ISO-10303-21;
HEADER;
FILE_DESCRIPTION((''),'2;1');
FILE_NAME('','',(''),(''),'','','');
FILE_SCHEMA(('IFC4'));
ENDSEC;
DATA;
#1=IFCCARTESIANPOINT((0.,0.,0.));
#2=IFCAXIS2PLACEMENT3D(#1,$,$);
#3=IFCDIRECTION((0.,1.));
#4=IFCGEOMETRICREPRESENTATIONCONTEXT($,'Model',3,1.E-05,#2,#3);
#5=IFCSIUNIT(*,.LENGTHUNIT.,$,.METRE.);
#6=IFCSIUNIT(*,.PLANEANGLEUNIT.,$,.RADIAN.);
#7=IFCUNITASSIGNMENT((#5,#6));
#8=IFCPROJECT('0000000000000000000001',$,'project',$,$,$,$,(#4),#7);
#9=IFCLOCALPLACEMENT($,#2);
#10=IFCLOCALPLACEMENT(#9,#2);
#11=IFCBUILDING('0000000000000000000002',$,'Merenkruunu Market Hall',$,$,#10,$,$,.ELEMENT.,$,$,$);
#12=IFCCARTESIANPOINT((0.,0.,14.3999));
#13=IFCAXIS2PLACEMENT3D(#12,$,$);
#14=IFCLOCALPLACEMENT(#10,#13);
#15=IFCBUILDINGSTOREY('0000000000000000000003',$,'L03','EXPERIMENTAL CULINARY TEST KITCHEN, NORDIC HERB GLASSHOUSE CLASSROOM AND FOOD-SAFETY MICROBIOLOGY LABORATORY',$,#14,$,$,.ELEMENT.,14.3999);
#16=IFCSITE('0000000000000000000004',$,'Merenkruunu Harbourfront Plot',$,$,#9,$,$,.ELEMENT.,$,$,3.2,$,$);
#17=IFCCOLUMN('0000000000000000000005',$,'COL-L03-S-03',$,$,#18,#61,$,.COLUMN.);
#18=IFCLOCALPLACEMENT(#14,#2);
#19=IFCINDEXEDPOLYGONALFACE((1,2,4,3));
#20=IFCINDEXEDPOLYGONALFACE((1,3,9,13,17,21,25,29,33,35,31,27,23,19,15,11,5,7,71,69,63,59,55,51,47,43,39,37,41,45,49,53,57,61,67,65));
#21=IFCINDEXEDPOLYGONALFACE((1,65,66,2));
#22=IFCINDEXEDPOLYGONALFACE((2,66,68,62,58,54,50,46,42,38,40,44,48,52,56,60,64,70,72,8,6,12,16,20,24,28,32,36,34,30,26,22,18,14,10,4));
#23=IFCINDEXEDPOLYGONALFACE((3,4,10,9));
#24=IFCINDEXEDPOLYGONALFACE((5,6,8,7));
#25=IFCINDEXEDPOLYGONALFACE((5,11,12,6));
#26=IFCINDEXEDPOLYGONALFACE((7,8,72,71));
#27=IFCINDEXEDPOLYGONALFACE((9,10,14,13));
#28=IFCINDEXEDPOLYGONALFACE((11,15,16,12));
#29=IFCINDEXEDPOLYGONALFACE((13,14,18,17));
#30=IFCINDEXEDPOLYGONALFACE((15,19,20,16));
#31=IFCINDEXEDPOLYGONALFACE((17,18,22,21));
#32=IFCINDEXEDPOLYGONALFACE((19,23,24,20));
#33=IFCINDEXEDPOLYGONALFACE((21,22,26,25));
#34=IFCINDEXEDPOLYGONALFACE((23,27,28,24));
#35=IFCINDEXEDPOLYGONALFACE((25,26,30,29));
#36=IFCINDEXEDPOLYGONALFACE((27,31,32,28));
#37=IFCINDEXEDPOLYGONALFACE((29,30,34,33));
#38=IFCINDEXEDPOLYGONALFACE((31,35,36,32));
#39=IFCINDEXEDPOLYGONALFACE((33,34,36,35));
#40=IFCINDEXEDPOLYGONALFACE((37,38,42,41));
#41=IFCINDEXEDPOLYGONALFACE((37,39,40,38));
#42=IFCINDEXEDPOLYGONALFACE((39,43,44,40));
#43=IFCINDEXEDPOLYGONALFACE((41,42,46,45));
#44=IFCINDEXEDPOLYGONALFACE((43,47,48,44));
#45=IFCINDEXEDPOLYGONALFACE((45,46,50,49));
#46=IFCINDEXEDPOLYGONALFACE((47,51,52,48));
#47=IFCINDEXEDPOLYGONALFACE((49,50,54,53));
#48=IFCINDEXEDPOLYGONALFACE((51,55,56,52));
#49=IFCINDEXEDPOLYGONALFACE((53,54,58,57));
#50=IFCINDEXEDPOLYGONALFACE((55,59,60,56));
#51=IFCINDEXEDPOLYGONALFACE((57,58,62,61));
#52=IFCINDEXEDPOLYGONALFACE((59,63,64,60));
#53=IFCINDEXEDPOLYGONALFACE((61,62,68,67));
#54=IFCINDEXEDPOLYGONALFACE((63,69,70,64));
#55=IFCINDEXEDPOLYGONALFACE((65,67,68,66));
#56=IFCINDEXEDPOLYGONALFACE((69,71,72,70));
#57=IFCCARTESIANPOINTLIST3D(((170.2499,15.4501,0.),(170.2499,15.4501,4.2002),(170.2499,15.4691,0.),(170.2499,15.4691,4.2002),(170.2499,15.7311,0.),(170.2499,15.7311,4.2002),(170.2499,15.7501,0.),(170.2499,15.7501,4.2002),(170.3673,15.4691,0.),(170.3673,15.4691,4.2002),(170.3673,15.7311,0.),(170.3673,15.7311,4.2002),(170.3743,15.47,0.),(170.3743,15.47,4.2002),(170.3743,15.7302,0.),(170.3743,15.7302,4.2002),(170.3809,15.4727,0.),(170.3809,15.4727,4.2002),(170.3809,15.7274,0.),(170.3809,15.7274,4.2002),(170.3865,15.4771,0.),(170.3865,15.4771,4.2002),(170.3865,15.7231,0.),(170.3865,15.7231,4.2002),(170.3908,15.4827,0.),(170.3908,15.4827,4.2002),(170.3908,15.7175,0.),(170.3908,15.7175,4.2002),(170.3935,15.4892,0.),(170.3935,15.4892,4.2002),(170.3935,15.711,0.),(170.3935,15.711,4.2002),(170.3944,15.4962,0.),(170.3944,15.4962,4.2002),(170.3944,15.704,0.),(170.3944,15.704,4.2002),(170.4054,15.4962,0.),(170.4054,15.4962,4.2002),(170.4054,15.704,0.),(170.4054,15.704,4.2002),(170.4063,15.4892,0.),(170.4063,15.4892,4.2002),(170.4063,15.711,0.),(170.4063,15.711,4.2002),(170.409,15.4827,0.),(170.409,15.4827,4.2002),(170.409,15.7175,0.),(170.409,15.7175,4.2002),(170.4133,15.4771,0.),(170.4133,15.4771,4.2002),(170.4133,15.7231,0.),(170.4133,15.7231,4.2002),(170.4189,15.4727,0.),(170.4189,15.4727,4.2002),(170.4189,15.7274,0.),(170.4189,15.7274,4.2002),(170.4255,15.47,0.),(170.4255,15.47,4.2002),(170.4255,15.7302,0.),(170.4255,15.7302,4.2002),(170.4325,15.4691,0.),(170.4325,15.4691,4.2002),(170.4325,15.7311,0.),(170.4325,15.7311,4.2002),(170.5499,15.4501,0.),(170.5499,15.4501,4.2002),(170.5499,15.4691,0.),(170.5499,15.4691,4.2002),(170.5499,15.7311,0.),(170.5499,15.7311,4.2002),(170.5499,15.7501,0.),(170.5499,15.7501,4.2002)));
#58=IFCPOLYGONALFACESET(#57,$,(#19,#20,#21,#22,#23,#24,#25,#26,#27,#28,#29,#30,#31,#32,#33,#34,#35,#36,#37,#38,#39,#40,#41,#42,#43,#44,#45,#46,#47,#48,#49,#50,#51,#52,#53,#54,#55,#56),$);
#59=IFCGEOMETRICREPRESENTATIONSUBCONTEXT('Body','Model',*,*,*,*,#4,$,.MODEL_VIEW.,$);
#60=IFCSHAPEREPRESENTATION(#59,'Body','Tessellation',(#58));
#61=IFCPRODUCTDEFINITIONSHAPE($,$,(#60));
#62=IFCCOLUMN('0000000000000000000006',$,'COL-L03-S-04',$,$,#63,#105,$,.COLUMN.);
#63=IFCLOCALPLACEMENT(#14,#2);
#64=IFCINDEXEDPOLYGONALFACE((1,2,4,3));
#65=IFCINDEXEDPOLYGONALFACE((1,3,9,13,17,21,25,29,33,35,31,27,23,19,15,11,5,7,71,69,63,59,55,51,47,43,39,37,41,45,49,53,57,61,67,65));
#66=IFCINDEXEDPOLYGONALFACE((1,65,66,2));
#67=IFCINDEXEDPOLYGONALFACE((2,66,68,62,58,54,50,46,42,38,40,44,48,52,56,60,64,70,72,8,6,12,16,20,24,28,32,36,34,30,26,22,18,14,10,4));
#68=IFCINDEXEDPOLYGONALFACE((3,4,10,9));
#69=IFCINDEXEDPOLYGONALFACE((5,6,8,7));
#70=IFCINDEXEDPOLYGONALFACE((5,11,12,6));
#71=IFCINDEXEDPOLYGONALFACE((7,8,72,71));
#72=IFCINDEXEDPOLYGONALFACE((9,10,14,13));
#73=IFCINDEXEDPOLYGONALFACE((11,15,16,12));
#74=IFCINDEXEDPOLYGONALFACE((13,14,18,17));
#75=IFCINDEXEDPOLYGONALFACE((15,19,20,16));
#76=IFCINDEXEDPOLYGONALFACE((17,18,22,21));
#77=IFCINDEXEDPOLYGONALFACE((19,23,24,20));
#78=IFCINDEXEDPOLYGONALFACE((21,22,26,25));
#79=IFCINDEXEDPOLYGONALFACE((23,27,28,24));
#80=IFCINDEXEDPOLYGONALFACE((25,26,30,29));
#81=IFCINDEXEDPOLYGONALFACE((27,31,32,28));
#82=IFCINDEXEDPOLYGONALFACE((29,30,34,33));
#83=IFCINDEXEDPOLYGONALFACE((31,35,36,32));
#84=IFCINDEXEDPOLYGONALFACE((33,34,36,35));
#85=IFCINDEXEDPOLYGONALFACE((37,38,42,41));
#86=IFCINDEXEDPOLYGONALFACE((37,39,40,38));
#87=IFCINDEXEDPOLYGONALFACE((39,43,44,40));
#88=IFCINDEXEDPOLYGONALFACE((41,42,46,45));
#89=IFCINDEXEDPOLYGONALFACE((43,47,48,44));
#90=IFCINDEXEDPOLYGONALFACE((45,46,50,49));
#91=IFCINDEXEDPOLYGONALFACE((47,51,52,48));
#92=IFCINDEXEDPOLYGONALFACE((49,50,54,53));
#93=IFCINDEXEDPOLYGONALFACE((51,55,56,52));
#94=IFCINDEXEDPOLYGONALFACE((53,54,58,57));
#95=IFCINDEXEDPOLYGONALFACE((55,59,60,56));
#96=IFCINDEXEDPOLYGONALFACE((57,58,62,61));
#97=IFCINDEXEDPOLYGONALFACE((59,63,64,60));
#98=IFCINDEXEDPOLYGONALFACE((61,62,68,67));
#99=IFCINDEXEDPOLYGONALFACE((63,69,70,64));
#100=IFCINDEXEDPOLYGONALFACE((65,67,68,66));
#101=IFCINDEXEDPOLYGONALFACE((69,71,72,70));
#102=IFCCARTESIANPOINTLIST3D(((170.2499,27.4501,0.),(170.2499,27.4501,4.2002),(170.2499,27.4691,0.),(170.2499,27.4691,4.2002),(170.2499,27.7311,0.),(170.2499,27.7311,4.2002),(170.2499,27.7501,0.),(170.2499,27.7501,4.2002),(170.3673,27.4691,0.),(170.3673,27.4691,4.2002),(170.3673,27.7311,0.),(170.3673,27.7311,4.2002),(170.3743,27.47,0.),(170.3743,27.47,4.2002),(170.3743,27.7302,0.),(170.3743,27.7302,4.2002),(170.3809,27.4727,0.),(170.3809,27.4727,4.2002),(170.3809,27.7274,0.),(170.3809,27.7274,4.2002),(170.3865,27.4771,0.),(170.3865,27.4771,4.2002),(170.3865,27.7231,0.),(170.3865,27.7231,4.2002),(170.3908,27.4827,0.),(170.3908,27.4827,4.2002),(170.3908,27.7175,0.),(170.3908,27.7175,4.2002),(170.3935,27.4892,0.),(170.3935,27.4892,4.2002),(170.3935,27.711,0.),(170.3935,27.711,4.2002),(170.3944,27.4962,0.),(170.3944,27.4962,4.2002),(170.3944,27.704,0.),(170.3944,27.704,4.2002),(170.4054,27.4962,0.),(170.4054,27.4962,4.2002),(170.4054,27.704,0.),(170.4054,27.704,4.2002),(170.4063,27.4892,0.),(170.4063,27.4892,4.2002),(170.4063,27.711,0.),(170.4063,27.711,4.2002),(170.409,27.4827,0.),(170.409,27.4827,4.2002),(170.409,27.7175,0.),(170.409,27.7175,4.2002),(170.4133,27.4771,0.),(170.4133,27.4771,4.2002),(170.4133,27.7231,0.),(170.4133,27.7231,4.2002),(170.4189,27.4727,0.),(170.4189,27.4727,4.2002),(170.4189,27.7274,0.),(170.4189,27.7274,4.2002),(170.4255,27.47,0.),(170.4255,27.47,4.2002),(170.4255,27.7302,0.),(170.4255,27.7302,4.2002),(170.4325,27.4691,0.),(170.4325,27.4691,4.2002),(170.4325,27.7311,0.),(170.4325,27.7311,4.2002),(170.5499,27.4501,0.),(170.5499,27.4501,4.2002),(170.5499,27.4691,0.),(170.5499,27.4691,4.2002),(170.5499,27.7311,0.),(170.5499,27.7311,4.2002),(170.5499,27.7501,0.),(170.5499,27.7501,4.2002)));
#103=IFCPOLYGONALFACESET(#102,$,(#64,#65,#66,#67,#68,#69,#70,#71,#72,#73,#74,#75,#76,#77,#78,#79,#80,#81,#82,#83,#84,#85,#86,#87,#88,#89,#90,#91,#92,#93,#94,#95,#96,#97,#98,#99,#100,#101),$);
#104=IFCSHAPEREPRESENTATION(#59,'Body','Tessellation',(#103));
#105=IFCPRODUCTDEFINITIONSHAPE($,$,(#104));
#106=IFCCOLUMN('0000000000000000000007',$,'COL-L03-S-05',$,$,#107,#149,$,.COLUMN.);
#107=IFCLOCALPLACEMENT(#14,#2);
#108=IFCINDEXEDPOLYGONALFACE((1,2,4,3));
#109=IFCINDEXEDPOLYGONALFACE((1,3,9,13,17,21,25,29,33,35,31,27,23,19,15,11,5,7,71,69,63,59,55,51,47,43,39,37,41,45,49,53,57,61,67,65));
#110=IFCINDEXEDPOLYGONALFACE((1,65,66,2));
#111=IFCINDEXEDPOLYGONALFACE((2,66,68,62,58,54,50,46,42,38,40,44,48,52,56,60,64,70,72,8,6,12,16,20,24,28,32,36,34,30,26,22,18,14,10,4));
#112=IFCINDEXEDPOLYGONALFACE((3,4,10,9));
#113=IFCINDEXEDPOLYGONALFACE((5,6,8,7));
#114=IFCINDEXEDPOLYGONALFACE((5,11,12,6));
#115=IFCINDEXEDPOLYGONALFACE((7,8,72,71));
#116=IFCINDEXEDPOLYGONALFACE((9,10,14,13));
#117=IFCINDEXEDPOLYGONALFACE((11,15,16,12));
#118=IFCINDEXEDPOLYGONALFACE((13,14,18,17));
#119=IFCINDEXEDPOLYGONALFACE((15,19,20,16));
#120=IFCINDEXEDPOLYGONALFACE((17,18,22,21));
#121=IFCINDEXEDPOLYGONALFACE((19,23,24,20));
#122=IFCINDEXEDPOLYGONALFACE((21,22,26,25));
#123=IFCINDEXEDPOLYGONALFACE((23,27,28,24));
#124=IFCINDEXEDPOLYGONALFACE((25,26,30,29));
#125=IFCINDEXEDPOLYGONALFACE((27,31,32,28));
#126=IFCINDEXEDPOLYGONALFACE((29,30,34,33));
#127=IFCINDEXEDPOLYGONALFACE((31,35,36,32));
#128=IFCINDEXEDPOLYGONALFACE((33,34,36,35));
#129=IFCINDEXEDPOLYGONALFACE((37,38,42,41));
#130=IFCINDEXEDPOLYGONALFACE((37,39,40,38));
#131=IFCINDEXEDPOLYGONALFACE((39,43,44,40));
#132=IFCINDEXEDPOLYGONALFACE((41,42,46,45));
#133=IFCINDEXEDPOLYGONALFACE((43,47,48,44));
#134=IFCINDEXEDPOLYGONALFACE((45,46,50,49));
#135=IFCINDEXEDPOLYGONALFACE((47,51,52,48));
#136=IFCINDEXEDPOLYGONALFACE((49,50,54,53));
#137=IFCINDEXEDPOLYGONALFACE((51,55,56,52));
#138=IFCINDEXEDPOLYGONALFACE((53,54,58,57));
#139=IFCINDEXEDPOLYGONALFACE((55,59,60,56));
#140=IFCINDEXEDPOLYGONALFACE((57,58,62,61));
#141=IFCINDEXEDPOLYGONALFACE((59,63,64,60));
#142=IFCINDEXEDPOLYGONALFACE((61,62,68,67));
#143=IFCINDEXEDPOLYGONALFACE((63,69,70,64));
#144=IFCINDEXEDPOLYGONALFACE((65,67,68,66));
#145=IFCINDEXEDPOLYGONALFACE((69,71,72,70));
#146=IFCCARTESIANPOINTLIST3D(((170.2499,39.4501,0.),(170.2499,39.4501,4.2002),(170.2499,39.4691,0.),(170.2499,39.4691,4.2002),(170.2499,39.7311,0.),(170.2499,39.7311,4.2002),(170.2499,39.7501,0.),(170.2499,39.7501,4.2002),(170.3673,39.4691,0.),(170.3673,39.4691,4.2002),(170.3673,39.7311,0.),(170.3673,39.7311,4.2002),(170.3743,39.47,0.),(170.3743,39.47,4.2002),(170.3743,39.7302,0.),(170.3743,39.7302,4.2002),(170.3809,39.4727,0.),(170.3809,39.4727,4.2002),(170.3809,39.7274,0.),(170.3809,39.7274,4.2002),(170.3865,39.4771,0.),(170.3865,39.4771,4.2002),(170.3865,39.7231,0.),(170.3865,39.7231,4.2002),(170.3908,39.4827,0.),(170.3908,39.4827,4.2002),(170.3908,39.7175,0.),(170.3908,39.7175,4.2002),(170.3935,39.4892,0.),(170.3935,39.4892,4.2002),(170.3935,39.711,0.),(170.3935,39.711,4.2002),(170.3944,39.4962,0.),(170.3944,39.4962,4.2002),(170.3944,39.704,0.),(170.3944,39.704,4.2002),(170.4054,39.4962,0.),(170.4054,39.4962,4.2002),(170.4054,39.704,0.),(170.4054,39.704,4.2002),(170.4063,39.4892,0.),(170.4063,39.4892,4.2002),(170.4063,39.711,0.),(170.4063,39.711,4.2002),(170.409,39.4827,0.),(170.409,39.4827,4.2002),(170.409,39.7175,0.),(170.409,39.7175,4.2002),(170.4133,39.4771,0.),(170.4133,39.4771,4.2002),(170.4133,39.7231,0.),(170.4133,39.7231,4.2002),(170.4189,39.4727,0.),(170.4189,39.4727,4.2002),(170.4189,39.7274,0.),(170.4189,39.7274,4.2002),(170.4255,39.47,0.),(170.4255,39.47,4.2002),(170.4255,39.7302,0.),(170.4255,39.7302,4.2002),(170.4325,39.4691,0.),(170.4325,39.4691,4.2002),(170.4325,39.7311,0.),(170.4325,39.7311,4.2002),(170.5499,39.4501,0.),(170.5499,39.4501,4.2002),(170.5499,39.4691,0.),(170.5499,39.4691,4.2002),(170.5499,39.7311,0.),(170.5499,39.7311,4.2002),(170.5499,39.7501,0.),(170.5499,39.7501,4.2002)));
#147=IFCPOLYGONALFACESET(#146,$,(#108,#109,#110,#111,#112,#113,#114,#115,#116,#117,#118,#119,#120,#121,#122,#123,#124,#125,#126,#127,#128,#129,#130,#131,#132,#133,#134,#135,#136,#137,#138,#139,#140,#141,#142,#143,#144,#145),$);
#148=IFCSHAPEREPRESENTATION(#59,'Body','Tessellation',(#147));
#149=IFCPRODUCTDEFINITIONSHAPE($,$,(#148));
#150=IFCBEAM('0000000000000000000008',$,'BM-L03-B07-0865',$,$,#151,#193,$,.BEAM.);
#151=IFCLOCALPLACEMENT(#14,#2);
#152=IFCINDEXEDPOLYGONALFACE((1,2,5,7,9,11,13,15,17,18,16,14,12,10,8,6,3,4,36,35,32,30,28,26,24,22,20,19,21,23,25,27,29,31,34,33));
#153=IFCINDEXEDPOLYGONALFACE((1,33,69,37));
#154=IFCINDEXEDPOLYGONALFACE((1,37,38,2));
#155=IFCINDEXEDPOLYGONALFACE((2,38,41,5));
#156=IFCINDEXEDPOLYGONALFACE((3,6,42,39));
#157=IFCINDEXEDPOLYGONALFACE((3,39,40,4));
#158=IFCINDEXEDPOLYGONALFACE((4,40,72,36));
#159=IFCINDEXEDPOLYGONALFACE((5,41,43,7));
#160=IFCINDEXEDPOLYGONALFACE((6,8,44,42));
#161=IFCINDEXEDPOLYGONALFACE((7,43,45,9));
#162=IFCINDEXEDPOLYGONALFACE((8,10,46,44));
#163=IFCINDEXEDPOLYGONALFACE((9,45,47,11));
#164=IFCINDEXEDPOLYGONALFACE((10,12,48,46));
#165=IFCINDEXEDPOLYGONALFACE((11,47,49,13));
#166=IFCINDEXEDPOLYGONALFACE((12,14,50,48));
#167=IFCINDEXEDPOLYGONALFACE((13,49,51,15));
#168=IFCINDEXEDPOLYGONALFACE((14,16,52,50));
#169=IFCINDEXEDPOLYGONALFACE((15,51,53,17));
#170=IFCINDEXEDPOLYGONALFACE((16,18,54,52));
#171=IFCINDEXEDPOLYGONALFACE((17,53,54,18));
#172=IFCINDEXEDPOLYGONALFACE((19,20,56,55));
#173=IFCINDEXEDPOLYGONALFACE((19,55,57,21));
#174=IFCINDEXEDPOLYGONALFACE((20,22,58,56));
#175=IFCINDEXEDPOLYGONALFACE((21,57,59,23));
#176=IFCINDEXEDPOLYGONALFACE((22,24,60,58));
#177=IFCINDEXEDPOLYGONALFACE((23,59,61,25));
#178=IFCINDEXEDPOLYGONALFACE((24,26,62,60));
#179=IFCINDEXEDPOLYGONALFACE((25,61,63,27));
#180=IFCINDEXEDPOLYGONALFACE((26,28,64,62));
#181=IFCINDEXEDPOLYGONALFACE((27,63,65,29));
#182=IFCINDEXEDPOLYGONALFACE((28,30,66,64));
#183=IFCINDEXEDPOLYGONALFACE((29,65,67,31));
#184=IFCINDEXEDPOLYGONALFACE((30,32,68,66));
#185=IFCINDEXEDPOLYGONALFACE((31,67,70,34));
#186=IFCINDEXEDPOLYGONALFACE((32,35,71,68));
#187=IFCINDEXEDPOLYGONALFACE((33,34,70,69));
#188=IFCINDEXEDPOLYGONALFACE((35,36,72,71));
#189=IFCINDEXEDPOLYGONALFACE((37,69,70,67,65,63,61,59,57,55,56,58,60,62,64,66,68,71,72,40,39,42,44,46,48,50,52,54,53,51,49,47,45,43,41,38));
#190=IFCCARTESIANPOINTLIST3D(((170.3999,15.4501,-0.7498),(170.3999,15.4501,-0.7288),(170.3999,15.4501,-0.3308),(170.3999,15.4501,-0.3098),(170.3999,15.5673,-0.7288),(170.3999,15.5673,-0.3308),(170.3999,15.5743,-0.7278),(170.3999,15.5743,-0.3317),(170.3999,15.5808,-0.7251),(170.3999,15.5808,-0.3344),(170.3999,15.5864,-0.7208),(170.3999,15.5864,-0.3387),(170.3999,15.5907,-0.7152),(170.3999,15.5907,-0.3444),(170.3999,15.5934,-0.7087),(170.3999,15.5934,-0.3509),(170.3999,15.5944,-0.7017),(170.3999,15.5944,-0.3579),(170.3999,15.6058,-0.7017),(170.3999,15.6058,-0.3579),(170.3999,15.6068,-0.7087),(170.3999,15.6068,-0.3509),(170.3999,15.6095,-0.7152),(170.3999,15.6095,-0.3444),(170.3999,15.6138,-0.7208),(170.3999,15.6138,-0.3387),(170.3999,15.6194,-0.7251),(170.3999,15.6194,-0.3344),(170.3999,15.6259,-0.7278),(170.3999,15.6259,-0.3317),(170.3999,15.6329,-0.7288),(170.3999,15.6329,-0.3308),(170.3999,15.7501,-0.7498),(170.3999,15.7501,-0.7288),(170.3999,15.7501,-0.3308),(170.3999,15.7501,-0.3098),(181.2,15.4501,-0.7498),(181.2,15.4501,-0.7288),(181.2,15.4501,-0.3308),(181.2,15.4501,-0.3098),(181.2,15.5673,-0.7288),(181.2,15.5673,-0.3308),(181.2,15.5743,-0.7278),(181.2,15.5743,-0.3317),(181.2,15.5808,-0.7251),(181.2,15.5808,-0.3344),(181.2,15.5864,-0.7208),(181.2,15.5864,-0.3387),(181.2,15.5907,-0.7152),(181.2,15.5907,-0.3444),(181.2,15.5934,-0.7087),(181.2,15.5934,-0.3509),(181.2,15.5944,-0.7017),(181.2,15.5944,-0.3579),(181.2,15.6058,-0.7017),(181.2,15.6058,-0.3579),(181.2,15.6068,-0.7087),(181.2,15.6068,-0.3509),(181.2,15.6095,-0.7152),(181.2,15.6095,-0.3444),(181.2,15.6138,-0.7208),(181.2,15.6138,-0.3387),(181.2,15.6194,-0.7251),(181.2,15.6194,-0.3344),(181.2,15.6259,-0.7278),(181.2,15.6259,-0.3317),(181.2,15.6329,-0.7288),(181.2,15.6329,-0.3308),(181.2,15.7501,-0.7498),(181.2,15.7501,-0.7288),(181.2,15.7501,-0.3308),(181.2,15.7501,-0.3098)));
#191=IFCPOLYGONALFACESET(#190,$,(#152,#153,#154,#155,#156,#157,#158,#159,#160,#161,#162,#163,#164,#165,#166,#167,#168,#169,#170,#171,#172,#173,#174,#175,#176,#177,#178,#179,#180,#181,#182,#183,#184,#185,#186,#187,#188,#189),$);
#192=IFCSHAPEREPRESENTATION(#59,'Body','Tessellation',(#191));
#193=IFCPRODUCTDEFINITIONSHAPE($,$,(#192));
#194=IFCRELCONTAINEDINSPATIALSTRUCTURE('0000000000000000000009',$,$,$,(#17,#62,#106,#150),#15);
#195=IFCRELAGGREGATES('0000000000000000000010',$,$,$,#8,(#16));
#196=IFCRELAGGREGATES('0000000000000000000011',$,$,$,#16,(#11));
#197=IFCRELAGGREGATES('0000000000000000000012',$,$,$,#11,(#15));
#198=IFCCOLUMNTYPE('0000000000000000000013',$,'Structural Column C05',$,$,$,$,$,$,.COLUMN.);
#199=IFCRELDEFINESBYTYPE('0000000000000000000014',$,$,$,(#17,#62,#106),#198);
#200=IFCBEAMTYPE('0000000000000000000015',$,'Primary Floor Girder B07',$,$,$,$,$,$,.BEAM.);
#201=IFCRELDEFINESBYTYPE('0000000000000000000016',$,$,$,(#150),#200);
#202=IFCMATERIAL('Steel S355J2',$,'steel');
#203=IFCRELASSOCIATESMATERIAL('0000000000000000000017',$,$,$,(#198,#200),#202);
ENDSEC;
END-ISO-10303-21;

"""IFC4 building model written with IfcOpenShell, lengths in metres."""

from ifc_helpers import new_model, si_unit, direction, frame, origin, origin_2d, place, context, subcontext, project, spatial, i_section, extrude, material, material_profile, profile_set, type_object, element, save


model = new_model("IFC4")

# Units and contexts
model_context = context("Model", 3, precision=1e-05, world=origin(), true_north=direction((0.0, 1.0)))
body_context = subcontext(model_context, "Body", "Model", "MODEL_VIEW")
ifc_project = project(units=[si_unit("LENGTHUNIT", "METRE"), si_unit("PLANEANGLEUNIT", "RADIAN")], contexts=[model_context])

# Site, building, storey
site_placement = place(None, origin())
site = spatial("IfcSite", under=ifc_project, at=site_placement, Name="Merenkruunu Harbourfront Plot", CompositionType="ELEMENT", RefElevation=3.2)
building_placement = place(site_placement, origin())
building = spatial("IfcBuilding", under=site, at=building_placement, Name="Merenkruunu Market Hall", CompositionType="ELEMENT")
storey_placement = place(building_placement, frame((0.0, 0.0, 14.3999)))
storey = spatial("IfcBuildingStorey", under=building, at=storey_placement, Name="L03", Description="EXPERIMENTAL CULINARY TEST KITCHEN, NORDIC HERB GLASSHOUSE CLASSROOM AND FOOD-SAFETY MICROBIOLOGY LABORATORY", CompositionType="ELEMENT", Elevation=14.3999)

# Columns
ifc_material_1 = material(Name="Steel S355J2", Category="steel")
ifc_material_profile_1 = material_profile(ifc_material_1, i_section(OverallWidth=0.3, OverallDepth=0.3, WebThickness=0.011, FlangeThickness=0.019, FilletRadius=0.0271, at=origin_2d()), Name="HEB 300")
ifc_profile_set_1 = profile_set([ifc_material_profile_1], Name="Steel S355J2")
column_type = type_object("IfcColumnType", Name="Structural Column C05", PredefinedType="COLUMN", material=ifc_profile_set_1)
for number, where, z_axis, x_axis, name in (
    (1, (170.3999, 15.6001, 0.0), (0.0, 0.0, 1.0), (1.0, 0.0, 0.0), "COL-L03-S-03"),
    (2, (170.3999, 27.6001, 0.0), (0.0, 0.0, 1.0), (1.0, 0.0, 0.0), "COL-L03-S-04"),
    (3, (170.3999, 39.6001, 0.0), (0.0, 0.0, 1.0), (1.0, 0.0, 0.0), "COL-L03-S-05"),
):
    element("IfcColumn", number, at=place(storey_placement, frame(where, z_axis=z_axis, x_axis=x_axis)), inside=storey, type_object=column_type, Name=name, PredefinedType="COLUMN", context=body_context, shape_type="SweptSolid", body=[
        extrude(i_section(OverallWidth=0.3, OverallDepth=0.3, WebThickness=0.011, FlangeThickness=0.019, FilletRadius=0.0271, at=origin_2d()), origin(), (0.0, 0.0, 1.0), 4.2002),
    ])

# Beam
ifc_material_profile_2 = material_profile(ifc_material_1, i_section(OverallWidth=0.3, OverallDepth=0.4399, WebThickness=0.0115, FlangeThickness=0.021, FilletRadius=0.0271, at=origin_2d()), Name="HEA 450")
ifc_profile_set_2 = profile_set([ifc_material_profile_2], Name="Steel S355J2")
beam_type_1 = type_object("IfcBeamType", Name="Primary Floor Girder B07", PredefinedType="BEAM", material=ifc_profile_set_2)
for number, where, z_axis, x_axis, name in (
    (4, (170.3999, 15.6001, -0.5298), (1.0, 0.0, 0.0), (0.0, 1.0, 0.0), "BM-L03-B07-0865"),
):
    element("IfcBeam", number, at=place(storey_placement, frame(where, z_axis=z_axis, x_axis=x_axis)), inside=storey, type_object=beam_type_1, Name=name, PredefinedType="BEAM", context=body_context, shape_type="SweptSolid", body=[
        extrude(i_section(OverallWidth=0.3, OverallDepth=0.4399, WebThickness=0.0115, FlangeThickness=0.021, FilletRadius=0.0271, at=origin_2d()), origin(), (0.0, 0.0, 1.0), 10.8),
    ])

save(model, "model.ifc")
